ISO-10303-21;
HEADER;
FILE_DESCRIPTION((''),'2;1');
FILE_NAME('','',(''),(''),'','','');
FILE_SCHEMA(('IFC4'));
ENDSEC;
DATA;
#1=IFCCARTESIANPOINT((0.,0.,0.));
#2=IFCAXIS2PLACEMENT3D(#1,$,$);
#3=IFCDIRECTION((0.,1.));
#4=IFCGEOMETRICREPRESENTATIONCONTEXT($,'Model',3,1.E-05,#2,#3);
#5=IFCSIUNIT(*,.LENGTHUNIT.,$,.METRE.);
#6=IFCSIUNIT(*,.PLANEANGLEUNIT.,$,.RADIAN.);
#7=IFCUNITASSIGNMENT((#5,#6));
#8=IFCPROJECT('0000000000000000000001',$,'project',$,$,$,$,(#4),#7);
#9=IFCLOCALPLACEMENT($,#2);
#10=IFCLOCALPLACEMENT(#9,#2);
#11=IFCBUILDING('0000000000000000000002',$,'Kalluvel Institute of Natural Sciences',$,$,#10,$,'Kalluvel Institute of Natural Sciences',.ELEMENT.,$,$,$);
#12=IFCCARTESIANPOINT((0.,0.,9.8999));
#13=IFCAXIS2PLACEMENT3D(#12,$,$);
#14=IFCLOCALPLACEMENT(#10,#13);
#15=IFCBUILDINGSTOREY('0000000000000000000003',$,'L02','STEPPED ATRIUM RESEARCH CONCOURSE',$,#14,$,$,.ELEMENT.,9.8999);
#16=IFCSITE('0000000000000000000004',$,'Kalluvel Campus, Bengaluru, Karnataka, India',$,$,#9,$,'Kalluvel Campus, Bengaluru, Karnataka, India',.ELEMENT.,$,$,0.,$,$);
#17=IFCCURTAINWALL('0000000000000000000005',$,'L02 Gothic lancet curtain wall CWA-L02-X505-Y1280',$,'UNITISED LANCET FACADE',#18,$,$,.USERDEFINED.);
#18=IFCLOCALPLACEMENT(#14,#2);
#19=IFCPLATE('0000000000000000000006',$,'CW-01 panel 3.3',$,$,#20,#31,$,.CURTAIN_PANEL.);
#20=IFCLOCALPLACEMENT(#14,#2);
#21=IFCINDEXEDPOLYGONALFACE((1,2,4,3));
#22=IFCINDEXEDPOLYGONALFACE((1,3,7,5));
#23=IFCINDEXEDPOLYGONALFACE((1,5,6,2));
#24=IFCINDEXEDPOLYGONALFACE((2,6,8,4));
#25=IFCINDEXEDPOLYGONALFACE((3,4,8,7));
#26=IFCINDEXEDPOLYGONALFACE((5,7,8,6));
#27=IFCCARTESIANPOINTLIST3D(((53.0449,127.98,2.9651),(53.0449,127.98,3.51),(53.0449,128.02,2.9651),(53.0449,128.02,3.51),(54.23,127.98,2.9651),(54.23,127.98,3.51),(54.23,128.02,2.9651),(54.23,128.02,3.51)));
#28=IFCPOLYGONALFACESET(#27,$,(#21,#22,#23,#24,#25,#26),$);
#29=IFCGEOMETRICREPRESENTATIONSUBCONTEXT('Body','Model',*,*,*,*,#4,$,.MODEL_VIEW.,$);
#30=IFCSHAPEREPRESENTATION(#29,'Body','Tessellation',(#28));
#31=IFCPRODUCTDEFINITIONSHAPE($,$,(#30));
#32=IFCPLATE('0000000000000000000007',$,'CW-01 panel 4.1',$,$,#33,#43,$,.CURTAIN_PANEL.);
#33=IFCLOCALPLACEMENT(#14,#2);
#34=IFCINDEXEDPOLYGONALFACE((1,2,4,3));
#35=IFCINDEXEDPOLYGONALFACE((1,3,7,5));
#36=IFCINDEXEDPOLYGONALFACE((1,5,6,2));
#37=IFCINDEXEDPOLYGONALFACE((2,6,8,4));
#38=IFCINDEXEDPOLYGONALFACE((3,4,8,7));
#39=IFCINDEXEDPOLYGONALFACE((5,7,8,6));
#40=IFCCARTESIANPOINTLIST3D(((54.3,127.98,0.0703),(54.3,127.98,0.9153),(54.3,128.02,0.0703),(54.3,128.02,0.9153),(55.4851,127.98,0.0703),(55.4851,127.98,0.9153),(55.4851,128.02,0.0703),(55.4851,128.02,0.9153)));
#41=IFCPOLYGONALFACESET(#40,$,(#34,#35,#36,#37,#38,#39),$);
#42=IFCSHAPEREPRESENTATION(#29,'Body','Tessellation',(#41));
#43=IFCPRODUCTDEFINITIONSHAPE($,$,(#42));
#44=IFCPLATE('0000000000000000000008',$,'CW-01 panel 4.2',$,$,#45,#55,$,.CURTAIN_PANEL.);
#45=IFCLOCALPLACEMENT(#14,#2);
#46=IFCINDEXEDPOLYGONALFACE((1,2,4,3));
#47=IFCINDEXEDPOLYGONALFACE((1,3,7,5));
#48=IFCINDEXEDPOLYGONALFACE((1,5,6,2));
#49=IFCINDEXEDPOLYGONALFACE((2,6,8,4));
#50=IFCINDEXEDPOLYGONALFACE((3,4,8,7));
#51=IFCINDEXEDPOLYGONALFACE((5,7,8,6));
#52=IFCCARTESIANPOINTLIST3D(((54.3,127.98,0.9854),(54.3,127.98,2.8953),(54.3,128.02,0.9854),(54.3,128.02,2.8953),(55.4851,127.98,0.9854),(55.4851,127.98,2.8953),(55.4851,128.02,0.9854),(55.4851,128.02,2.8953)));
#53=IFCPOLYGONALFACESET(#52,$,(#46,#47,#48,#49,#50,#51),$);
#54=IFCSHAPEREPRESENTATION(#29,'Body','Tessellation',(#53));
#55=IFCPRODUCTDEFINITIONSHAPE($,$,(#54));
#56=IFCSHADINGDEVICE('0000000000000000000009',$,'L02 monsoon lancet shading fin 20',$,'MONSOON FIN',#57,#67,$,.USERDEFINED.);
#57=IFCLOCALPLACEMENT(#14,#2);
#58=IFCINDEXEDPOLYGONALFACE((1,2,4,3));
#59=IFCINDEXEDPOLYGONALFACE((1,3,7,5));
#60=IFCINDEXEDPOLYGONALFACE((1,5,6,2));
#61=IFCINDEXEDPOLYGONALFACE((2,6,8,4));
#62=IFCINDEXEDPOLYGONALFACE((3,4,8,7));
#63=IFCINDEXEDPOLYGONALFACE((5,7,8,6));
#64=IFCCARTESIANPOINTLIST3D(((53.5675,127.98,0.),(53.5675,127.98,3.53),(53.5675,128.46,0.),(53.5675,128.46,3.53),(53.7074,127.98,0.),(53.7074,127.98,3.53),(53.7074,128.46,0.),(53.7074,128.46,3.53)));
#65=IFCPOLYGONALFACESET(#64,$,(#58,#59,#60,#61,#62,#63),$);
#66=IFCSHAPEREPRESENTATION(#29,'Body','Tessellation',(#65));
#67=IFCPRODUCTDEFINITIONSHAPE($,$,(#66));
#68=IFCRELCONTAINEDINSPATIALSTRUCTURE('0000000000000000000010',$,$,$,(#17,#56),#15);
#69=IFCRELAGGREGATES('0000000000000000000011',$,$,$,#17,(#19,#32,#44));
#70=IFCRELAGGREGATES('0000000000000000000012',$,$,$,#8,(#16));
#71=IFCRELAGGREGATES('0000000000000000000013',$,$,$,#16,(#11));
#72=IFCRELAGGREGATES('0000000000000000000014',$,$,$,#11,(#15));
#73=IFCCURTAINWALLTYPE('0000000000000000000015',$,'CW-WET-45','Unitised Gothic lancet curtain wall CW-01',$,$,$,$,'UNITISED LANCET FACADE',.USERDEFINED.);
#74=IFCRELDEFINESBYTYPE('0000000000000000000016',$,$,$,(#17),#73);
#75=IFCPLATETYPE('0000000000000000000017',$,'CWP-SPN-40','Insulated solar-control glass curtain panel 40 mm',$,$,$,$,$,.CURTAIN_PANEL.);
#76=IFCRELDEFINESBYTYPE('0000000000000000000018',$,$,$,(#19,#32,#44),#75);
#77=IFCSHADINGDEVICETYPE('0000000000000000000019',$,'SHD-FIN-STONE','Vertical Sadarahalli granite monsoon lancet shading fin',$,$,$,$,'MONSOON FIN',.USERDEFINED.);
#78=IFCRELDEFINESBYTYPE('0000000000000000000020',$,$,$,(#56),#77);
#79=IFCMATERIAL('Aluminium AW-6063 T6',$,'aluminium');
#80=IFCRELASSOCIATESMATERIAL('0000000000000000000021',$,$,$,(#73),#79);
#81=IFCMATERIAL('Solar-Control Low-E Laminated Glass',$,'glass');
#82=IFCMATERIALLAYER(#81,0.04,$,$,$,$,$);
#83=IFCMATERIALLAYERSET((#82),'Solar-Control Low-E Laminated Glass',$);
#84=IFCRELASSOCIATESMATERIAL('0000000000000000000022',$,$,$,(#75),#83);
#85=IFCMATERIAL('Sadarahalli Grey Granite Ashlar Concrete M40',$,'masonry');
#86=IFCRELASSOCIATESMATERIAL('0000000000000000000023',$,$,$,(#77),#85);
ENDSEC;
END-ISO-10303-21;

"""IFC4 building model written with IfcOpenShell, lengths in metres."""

from ifc_helpers import new_model, si_unit, direction, frame, origin, origin_2d, place, context, subcontext, project, spatial, rectangle, extrude, material, layer, layer_set, type_object, element, aggregate, save


model = new_model("IFC4")

# Units and contexts
model_context = context("Model", 3, precision=1e-05, world=origin(), true_north=direction((0.0, 1.0)))
body_context = subcontext(model_context, "Body", "Model", "MODEL_VIEW")
ifc_project = project(units=[si_unit("LENGTHUNIT", "METRE"), si_unit("PLANEANGLEUNIT", "RADIAN")], contexts=[model_context])

# Site, building, storey
site_placement = place(None, origin())
site = spatial("IfcSite", under=ifc_project, at=site_placement, Name="Kalluvel Campus, Bengaluru, Karnataka, India", LongName="Kalluvel Campus, Bengaluru, Karnataka, India", CompositionType="ELEMENT", RefElevation=0.0)
building_placement = place(site_placement, origin())
building = spatial("IfcBuilding", under=site, at=building_placement, Name="Kalluvel Institute of Natural Sciences", LongName="Kalluvel Institute of Natural Sciences", CompositionType="ELEMENT")
storey_placement = place(building_placement, frame((0.0, 0.0, 9.8999)))
storey = spatial("IfcBuildingStorey", under=building, at=storey_placement, Name="L02", Description="STEPPED ATRIUM RESEARCH CONCOURSE", CompositionType="ELEMENT", Elevation=9.8999)

# Curtain wall, plates
ifc_material_1 = material(Name="Aluminium AW-6063 T6", Category="aluminium")
curtain_wall_type = type_object("IfcCurtainWallType", Name="CW-WET-45", Description="Unitised Gothic lancet curtain wall CW-01", ElementType="UNITISED LANCET FACADE", PredefinedType="USERDEFINED", material=ifc_material_1)
curtain_wall_placement = place(storey_placement, origin())
curtain_wall = element("IfcCurtainWall", 1, at=curtain_wall_placement, inside=storey, type_object=curtain_wall_type, Name="L02 Gothic lancet curtain wall CWA-L02-X505-Y1280", ObjectType="UNITISED LANCET FACADE", PredefinedType="USERDEFINED")
ifc_material_2 = material(Name="Solar-Control Low-E Laminated Glass", Category="glass")
ifc_layer = layer(ifc_material_2, 0.04)
ifc_layer_set = layer_set([ifc_layer], Name="Solar-Control Low-E Laminated Glass")
plate_type = type_object("IfcPlateType", Name="CWP-SPN-40", Description="Insulated solar-control glass curtain panel 40 mm", PredefinedType="CURTAIN_PANEL", material=ifc_layer_set)
plate_1_placement = place(storey_placement, frame((53.6375, 128.0, 2.9651), z_axis=(0.0, 0.0, 1.0), x_axis=(1.0, 0.0, 0.0)))
plate_1 = element("IfcPlate", 2, at=plate_1_placement, type_object=plate_type, Name="CW-01 panel 3.3", PredefinedType="CURTAIN_PANEL", context=body_context, shape_type="SweptSolid", body=[
    extrude(rectangle(XDim=1.1851, YDim=0.04, at=origin_2d()), origin(), (0.0, 0.0, 1.0), 0.5449),
])
plate_2_placement = place(storey_placement, frame((54.8926, 128.0, 0.0703), z_axis=(0.0, 0.0, 1.0), x_axis=(1.0, 0.0, 0.0)))
plate_2 = element("IfcPlate", 3, at=plate_2_placement, type_object=plate_type, Name="CW-01 panel 4.1", PredefinedType="CURTAIN_PANEL", context=body_context, shape_type="SweptSolid", body=[
    extrude(rectangle(XDim=1.1851, YDim=0.04, at=origin_2d()), origin(), (0.0, 0.0, 1.0), 0.845),
])
plate_3_placement = place(storey_placement, frame((54.8926, 128.0, 0.9854), z_axis=(0.0, 0.0, 1.0), x_axis=(1.0, 0.0, 0.0)))
plate_3 = element("IfcPlate", 4, at=plate_3_placement, type_object=plate_type, Name="CW-01 panel 4.2", PredefinedType="CURTAIN_PANEL", context=body_context, shape_type="SweptSolid", body=[
    extrude(rectangle(XDim=1.1851, YDim=0.04, at=origin_2d()), origin(), (0.0, 0.0, 1.0), 1.9099),
])
aggregate(curtain_wall, [plate_1, plate_2, plate_3])

# Shading device
ifc_material_3 = material(Name="Sadarahalli Grey Granite Ashlar Concrete M40", Category="masonry")
shading_device_type = type_object("IfcShadingDeviceType", Name="SHD-FIN-STONE", Description="Vertical Sadarahalli granite monsoon lancet shading fin", ElementType="MONSOON FIN", PredefinedType="USERDEFINED", material=ifc_material_3)
shading_device_placement = place(storey_placement, frame((53.6375, 128.22, 0.0), z_axis=(0.0, 0.0, 1.0), x_axis=(1.0, 0.0, 0.0)))
element("IfcShadingDevice", 5, at=shading_device_placement, inside=storey, type_object=shading_device_type, Name="L02 monsoon lancet shading fin 20", ObjectType="MONSOON FIN", PredefinedType="USERDEFINED", context=body_context, shape_type="SweptSolid", body=[
    extrude(rectangle(XDim=0.1399, YDim=0.48, at=origin_2d()), origin(), (0.0, 0.0, 1.0), 3.53),
])

save(model, "model.ifc")
